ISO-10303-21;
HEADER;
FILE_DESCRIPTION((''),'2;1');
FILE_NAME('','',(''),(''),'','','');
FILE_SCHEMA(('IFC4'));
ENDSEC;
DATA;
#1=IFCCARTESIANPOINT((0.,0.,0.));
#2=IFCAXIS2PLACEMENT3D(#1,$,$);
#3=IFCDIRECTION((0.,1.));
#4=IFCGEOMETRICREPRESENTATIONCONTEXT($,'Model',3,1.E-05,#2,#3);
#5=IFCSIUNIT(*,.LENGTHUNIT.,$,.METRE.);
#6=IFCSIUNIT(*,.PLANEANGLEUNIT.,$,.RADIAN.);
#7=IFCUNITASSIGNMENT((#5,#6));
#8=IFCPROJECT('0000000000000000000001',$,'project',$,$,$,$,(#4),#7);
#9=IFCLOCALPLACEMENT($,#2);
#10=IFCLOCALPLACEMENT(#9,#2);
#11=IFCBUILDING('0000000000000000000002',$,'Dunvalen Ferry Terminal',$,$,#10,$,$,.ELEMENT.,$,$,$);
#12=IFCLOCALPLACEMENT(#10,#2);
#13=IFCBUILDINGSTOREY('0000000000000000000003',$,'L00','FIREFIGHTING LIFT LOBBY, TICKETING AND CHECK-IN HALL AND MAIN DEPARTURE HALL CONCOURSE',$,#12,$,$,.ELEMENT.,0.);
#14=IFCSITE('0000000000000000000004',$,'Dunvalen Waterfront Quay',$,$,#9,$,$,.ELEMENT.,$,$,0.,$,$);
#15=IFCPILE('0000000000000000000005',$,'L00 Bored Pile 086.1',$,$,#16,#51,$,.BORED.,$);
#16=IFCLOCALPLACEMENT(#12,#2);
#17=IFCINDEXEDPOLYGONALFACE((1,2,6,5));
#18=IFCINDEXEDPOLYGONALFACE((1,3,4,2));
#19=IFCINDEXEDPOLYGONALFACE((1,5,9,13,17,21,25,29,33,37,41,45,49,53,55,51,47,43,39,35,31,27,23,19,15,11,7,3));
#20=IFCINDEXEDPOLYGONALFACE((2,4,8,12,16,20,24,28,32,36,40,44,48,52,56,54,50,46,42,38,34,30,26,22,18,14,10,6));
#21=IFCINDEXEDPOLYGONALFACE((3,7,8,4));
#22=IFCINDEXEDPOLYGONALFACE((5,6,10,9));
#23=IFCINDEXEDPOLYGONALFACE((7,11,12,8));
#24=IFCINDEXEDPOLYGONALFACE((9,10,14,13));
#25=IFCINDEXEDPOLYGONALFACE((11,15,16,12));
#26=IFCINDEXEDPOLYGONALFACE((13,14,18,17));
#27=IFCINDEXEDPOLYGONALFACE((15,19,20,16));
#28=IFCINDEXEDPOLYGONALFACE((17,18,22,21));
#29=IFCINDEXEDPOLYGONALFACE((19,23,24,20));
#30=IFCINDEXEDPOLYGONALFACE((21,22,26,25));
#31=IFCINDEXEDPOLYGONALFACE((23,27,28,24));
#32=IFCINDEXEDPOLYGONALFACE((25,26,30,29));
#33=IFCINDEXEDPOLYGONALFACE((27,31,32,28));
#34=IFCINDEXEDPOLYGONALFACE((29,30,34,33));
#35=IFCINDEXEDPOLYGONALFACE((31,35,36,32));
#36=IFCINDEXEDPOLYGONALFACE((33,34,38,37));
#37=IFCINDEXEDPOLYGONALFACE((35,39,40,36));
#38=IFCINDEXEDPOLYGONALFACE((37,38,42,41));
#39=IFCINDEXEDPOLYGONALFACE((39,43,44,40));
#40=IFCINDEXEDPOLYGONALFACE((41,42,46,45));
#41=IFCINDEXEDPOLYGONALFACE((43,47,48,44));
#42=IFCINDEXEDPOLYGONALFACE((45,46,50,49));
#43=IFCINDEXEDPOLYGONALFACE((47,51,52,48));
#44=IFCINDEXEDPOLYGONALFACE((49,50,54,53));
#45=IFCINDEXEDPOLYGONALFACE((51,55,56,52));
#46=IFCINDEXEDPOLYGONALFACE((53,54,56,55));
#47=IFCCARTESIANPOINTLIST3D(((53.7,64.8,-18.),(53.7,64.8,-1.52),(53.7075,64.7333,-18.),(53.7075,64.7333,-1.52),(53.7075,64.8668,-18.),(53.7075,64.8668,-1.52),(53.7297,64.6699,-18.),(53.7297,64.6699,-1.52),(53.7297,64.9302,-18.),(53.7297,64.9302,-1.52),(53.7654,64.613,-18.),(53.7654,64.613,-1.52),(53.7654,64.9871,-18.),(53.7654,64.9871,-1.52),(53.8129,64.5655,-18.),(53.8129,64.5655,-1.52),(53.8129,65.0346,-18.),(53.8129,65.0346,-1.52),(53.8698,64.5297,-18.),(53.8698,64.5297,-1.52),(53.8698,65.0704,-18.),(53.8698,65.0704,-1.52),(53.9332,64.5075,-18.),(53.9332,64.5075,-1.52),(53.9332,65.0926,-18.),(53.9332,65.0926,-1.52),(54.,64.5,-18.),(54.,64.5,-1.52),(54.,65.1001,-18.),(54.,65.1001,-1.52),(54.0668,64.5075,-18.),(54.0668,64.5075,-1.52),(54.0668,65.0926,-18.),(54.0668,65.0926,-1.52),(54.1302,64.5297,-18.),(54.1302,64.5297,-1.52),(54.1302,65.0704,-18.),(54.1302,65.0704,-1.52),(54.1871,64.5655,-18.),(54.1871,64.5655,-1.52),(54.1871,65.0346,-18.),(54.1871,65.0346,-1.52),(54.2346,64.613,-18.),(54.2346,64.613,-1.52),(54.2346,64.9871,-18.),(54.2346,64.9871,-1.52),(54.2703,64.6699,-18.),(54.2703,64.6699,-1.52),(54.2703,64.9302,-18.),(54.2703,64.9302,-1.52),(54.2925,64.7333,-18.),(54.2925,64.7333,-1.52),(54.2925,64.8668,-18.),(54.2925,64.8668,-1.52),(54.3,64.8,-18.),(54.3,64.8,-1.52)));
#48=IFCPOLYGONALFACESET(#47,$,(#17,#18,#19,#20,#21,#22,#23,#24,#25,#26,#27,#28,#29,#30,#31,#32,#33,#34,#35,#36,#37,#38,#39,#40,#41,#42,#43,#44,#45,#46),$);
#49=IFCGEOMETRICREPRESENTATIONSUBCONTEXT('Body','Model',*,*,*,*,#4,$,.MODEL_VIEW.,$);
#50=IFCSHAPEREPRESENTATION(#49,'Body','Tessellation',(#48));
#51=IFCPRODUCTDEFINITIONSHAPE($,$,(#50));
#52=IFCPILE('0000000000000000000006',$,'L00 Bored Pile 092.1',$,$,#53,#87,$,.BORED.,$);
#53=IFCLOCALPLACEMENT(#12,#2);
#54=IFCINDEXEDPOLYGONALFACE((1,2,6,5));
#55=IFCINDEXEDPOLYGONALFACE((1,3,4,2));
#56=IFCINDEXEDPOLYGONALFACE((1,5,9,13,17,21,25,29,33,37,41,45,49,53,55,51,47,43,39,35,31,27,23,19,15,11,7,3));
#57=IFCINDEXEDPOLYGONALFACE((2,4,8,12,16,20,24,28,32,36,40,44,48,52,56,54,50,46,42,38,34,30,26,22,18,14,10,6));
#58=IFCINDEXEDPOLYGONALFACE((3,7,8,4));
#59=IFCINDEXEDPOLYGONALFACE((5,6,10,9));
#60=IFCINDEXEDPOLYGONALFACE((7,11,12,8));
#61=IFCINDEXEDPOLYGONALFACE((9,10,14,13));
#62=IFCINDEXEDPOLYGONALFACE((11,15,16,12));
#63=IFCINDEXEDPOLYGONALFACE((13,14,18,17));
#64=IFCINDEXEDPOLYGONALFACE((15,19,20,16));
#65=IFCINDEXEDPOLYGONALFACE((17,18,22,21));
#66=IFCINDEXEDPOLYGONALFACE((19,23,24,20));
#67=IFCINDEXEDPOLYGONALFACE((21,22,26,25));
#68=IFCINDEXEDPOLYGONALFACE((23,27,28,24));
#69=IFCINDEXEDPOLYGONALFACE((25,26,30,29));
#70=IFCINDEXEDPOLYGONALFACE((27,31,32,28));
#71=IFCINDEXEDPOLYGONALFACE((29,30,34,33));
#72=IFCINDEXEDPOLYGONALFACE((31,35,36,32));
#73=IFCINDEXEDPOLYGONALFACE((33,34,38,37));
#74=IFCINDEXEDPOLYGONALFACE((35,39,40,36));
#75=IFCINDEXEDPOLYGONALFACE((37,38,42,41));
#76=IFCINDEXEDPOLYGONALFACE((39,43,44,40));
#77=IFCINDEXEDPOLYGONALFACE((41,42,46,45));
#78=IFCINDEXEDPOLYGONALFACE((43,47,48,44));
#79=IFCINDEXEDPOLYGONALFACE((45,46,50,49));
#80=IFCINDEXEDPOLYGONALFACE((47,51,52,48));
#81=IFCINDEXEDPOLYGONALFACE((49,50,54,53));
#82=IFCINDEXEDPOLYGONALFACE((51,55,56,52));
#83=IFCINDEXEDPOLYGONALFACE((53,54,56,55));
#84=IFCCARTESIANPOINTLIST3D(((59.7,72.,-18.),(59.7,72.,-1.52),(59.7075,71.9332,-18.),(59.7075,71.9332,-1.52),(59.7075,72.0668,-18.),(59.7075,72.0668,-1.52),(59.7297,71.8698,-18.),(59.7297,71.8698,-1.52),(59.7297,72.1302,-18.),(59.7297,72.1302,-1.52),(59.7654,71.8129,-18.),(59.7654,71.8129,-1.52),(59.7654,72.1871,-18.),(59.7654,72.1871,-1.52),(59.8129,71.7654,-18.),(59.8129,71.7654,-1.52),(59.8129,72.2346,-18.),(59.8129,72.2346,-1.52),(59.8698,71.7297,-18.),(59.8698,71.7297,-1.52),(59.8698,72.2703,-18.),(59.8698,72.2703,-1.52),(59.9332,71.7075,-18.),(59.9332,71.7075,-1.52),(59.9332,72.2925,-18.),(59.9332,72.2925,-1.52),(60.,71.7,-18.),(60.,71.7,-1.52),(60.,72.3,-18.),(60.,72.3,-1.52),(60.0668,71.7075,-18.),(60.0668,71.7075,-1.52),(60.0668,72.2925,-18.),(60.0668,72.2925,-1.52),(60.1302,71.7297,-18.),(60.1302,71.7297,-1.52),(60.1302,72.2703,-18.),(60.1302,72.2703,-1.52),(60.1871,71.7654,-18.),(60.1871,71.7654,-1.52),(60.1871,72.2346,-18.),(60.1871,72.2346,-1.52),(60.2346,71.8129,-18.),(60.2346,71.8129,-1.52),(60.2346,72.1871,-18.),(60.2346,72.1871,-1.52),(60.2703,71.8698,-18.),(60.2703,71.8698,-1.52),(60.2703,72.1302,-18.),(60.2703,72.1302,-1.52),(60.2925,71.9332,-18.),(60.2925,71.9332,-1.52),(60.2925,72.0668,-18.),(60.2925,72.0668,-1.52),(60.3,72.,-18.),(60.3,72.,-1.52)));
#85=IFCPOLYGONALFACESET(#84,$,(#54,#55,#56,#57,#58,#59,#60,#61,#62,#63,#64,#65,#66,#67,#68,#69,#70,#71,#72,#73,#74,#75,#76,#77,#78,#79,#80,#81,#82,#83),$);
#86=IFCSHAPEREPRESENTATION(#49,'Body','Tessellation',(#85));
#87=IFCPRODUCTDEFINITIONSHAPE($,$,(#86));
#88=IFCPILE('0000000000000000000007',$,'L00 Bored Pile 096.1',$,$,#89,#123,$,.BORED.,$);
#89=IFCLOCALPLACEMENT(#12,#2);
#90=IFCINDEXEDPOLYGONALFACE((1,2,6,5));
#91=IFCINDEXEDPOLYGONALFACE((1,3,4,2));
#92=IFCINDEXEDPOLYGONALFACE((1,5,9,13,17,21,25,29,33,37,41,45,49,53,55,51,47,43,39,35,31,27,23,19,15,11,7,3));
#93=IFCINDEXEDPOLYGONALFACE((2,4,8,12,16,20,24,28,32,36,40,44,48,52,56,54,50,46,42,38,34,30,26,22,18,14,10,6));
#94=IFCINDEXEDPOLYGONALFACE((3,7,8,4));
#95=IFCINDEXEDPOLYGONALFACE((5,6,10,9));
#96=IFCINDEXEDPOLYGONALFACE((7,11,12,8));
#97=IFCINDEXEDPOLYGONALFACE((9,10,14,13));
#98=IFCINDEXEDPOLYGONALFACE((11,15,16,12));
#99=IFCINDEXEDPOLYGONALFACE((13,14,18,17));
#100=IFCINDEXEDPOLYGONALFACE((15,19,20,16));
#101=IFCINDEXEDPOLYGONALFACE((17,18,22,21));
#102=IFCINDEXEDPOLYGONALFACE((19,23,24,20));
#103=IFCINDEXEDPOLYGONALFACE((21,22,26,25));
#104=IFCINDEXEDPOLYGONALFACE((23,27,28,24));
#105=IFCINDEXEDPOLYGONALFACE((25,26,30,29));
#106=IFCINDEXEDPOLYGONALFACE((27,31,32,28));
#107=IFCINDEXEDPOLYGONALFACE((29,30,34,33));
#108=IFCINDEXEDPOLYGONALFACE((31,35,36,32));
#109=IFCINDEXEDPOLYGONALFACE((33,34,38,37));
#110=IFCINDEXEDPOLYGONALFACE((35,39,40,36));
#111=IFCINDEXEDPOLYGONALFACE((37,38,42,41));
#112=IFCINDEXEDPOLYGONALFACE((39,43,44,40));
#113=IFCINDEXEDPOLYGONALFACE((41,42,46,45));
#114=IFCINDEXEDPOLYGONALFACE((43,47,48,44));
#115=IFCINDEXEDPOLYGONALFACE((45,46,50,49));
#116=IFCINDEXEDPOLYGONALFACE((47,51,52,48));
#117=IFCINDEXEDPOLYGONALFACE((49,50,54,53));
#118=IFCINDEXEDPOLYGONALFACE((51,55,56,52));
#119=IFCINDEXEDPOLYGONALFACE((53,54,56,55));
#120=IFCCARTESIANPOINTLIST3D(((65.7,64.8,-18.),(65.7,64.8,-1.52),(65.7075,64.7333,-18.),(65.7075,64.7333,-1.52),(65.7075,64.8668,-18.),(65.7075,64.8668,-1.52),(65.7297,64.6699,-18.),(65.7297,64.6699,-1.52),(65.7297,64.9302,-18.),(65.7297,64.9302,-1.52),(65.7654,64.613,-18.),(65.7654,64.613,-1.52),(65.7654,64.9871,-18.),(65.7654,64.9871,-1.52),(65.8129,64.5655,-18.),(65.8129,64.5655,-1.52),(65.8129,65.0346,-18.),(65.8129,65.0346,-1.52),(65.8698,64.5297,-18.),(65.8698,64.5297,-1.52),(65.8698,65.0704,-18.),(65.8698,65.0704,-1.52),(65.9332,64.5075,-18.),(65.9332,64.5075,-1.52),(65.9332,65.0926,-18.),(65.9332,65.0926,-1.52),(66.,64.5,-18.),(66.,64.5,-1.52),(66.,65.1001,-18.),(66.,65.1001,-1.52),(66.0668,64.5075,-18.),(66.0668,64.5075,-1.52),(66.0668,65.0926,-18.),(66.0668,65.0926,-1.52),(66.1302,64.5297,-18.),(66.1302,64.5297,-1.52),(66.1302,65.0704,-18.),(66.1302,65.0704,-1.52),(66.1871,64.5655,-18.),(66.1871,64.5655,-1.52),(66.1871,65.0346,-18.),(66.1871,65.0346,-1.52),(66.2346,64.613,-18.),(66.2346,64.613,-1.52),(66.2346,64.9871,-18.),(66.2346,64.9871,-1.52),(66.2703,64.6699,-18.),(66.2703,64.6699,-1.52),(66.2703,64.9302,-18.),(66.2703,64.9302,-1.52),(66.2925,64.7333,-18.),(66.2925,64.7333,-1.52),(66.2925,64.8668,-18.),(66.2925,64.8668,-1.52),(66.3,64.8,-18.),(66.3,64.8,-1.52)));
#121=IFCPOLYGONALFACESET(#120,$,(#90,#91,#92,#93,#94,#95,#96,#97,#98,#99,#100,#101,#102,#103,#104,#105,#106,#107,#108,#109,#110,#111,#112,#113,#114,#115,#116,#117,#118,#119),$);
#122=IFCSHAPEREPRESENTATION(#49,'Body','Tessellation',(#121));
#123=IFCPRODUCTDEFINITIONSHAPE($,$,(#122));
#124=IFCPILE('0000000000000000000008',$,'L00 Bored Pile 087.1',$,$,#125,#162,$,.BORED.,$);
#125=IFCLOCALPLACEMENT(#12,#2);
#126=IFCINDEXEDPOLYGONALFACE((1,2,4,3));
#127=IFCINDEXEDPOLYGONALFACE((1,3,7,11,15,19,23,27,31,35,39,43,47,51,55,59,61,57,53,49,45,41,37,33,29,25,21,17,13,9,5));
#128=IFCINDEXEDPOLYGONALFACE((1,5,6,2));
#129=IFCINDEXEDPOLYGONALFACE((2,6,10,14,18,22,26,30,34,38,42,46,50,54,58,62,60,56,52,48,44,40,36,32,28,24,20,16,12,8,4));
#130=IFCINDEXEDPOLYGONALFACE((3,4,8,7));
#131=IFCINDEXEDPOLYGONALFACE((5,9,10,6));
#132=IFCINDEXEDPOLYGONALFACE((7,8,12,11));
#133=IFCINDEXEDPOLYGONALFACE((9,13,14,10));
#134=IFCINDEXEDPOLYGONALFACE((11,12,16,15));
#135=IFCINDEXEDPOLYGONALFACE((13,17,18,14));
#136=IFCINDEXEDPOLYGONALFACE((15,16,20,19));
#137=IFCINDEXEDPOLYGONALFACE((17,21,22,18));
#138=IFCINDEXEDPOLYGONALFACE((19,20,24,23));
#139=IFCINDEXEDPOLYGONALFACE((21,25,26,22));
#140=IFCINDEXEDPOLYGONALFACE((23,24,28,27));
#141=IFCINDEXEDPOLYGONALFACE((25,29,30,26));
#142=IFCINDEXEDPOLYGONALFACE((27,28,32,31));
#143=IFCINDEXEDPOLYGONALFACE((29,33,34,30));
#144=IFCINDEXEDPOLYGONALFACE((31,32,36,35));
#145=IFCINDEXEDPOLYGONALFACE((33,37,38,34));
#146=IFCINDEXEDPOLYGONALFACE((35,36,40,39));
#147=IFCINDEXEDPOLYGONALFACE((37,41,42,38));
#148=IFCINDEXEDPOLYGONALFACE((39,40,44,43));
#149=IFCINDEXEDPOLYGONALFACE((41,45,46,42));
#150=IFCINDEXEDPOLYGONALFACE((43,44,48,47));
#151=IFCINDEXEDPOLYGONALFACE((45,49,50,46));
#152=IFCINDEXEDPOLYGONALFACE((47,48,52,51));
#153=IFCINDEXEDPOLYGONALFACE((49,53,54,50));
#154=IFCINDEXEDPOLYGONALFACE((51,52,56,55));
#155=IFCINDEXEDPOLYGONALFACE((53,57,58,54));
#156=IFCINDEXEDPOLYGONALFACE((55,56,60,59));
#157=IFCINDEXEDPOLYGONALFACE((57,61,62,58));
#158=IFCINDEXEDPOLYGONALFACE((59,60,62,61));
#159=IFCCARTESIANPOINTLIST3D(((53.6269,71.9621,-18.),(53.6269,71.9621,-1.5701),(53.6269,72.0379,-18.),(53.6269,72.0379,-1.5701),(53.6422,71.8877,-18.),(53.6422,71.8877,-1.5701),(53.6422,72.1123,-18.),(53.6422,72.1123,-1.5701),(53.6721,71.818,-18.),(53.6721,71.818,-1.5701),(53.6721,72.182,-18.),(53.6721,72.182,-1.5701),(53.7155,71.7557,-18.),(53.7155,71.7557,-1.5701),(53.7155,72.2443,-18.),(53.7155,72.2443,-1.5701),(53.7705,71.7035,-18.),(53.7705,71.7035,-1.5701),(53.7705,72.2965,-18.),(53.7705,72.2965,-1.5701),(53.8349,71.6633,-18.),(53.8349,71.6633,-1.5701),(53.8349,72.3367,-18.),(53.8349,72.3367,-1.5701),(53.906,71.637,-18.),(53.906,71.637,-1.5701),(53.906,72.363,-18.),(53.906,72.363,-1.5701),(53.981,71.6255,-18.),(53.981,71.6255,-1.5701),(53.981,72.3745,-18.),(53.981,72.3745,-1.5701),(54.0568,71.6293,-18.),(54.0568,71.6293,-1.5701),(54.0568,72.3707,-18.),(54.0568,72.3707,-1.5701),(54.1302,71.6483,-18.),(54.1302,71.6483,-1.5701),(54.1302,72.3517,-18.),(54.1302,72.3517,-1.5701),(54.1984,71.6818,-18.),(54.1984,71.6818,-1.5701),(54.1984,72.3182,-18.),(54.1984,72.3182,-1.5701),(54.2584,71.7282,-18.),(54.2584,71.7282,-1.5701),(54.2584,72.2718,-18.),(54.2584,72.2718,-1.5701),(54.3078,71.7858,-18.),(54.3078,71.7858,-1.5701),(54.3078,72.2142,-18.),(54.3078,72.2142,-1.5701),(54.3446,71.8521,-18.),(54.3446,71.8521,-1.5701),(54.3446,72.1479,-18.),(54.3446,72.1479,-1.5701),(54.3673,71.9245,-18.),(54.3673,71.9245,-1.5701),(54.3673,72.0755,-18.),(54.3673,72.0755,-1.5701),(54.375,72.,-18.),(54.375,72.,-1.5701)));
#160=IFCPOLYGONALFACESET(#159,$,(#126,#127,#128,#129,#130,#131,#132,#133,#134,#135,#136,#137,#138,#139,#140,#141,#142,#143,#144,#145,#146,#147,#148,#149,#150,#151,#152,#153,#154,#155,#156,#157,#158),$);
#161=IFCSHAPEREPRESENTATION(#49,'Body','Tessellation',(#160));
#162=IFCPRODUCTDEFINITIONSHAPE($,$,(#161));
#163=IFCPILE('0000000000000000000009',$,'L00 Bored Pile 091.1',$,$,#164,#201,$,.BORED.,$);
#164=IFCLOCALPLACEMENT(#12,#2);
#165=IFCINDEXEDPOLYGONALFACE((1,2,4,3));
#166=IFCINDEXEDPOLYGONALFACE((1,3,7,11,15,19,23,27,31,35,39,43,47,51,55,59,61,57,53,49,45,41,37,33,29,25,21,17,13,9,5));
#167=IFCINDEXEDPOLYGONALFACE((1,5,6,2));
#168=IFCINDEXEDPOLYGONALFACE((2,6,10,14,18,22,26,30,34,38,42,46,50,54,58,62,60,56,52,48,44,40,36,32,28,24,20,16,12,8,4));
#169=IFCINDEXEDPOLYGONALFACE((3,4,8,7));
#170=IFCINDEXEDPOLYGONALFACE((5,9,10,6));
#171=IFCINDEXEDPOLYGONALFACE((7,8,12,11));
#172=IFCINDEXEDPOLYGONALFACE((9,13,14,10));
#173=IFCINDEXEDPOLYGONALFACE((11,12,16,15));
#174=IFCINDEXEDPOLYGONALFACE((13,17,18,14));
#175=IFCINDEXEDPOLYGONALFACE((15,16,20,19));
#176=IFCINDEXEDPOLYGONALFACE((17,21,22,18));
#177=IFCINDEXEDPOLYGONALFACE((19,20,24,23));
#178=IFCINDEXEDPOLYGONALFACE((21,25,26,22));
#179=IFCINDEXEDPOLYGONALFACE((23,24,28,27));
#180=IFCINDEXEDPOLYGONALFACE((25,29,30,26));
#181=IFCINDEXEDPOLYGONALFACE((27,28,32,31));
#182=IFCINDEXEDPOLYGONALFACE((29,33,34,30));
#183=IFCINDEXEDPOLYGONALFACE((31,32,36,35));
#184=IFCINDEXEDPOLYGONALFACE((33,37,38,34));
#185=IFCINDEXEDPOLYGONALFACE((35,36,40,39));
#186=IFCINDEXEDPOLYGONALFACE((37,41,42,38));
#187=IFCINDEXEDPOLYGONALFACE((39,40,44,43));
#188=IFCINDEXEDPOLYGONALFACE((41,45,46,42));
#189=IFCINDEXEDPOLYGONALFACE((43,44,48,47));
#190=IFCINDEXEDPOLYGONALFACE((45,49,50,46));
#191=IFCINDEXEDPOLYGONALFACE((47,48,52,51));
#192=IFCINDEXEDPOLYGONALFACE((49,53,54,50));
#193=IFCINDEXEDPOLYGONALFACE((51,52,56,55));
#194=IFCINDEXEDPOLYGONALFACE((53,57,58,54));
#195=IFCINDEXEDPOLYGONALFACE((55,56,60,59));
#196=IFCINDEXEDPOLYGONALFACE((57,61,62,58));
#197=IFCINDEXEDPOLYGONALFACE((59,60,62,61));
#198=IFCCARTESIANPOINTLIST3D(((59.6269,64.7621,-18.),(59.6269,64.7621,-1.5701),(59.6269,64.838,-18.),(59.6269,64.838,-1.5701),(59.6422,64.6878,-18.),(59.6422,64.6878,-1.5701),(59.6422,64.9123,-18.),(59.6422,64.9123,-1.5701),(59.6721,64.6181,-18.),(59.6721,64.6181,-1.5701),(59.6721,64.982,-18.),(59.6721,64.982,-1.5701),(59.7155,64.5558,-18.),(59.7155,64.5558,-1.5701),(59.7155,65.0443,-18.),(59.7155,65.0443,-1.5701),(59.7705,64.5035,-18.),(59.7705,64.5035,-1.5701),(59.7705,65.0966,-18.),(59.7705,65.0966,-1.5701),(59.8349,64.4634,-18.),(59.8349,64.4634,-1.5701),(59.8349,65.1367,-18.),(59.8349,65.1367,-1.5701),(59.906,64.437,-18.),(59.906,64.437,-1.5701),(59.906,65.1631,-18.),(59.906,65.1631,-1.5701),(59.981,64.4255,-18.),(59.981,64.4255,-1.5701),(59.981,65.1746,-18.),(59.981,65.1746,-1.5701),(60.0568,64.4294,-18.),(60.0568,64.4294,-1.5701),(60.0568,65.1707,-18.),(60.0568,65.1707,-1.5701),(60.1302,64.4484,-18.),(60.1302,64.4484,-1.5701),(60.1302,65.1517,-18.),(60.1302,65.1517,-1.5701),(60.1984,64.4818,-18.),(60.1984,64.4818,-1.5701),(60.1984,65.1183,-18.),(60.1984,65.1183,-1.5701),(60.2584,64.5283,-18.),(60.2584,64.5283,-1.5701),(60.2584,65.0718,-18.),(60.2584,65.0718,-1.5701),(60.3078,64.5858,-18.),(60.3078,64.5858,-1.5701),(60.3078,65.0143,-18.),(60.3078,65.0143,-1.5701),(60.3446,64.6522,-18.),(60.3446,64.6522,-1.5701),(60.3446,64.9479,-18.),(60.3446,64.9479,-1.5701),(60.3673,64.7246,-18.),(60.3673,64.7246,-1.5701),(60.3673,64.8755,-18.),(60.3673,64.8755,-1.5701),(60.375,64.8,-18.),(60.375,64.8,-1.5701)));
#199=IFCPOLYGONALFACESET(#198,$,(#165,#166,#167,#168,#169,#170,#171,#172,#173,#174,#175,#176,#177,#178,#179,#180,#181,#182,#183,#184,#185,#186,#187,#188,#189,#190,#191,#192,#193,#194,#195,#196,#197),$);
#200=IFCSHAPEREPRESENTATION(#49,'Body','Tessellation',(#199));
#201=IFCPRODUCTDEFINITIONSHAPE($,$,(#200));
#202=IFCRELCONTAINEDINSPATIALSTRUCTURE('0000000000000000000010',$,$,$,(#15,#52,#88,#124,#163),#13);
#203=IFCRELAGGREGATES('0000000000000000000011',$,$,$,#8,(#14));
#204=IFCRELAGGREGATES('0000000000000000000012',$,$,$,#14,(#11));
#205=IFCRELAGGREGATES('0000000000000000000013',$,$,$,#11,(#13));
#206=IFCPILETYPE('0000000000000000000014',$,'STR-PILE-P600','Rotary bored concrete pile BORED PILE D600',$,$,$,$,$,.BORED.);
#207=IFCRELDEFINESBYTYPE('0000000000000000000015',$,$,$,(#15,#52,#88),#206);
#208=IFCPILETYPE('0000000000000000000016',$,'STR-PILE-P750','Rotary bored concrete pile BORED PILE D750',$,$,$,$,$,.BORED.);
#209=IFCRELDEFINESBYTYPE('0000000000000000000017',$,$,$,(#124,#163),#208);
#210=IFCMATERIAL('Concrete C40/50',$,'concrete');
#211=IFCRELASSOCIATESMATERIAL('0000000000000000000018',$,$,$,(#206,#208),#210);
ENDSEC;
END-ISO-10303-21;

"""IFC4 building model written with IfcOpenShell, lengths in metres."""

from ifc_helpers import new_model, si_unit, direction, frame, origin, origin_2d, place, context, subcontext, project, spatial, circle, extrude, material, material_profile, profile_set, type_object, element, save


model = new_model("IFC4")

# Units and contexts
model_context = context("Model", 3, precision=1e-05, world=origin(), true_north=direction((0.0, 1.0)))
body_context = subcontext(model_context, "Body", "Model", "MODEL_VIEW")
ifc_project = project(units=[si_unit("LENGTHUNIT", "METRE"), si_unit("PLANEANGLEUNIT", "RADIAN")], contexts=[model_context])

# Site, building, storey
site_placement = place(None, origin())
site = spatial("IfcSite", under=ifc_project, at=site_placement, Name="Dunvalen Waterfront Quay", CompositionType="ELEMENT", RefElevation=0.0)
building_placement = place(site_placement, origin())
building = spatial("IfcBuilding", under=site, at=building_placement, Name="Dunvalen Ferry Terminal", CompositionType="ELEMENT")
storey_placement = place(building_placement, origin())
storey = spatial("IfcBuildingStorey", under=building, at=storey_placement, Name="L00", Description="FIREFIGHTING LIFT LOBBY, TICKETING AND CHECK-IN HALL AND MAIN DEPARTURE HALL CONCOURSE", CompositionType="ELEMENT", Elevation=0.0)

# Shared definitions
ifc_material_1 = material(Name="Concrete C40/50", Category="concrete")

# Piles
ifc_material_profile_1 = material_profile(ifc_material_1, circle(Radius=0.3, at=origin_2d()), Name="Concrete C40/50")
ifc_profile_set_1 = profile_set([ifc_material_profile_1], Name="Concrete C40/50")
pile_type_1 = type_object("IfcPileType", Name="STR-PILE-P600", Description="Rotary bored concrete pile BORED PILE D600", PredefinedType="BORED", material=ifc_profile_set_1)
for number, where, z_axis, x_axis, name in (
    (1, (54.0, 64.8, -1.52), (0.0, 0.0, -1.0), (1.0, 0.0, 0.0), "L00 Bored Pile 086.1"),
    (2, (60.0, 72.0, -1.52), (0.0, 0.0, -1.0), (1.0, 0.0, 0.0), "L00 Bored Pile 092.1"),
    (3, (66.0, 64.8, -1.52), (0.0, 0.0, -1.0), (1.0, 0.0, 0.0), "L00 Bored Pile 096.1"),
):
    element("IfcPile", number, at=place(storey_placement, frame(where, z_axis=z_axis, x_axis=x_axis)), inside=storey, type_object=pile_type_1, Name=name, PredefinedType="BORED", context=body_context, shape_type="SweptSolid", body=[
        extrude(circle(Radius=0.3, at=origin_2d()), origin(), (0.0, 0.0, 1.0), 16.48),
    ])
ifc_material_profile_2 = material_profile(ifc_material_1, circle(Radius=0.375, at=origin_2d()), Name="Concrete C40/50")
ifc_profile_set_2 = profile_set([ifc_material_profile_2], Name="Concrete C40/50")
pile_type_2 = type_object("IfcPileType", Name="STR-PILE-P750", Description="Rotary bored concrete pile BORED PILE D750", PredefinedType="BORED", material=ifc_profile_set_2)
for number, where, z_axis, x_axis, name in (
    (4, (54.0, 72.0, -1.5701), (0.0, 0.0, -1.0), (1.0, 0.0, 0.0), "L00 Bored Pile 087.1"),
    (5, (60.0, 64.8, -1.5701), (0.0, 0.0, -1.0), (1.0, 0.0, 0.0), "L00 Bored Pile 091.1"),
):
    element("IfcPile", number, at=place(storey_placement, frame(where, z_axis=z_axis, x_axis=x_axis)), inside=storey, type_object=pile_type_2, Name=name, PredefinedType="BORED", context=body_context, shape_type="SweptSolid", body=[
        extrude(circle(Radius=0.375, at=origin_2d()), origin(), (0.0, 0.0, 1.0), 16.4299),
    ])

save(model, "model.ifc")
